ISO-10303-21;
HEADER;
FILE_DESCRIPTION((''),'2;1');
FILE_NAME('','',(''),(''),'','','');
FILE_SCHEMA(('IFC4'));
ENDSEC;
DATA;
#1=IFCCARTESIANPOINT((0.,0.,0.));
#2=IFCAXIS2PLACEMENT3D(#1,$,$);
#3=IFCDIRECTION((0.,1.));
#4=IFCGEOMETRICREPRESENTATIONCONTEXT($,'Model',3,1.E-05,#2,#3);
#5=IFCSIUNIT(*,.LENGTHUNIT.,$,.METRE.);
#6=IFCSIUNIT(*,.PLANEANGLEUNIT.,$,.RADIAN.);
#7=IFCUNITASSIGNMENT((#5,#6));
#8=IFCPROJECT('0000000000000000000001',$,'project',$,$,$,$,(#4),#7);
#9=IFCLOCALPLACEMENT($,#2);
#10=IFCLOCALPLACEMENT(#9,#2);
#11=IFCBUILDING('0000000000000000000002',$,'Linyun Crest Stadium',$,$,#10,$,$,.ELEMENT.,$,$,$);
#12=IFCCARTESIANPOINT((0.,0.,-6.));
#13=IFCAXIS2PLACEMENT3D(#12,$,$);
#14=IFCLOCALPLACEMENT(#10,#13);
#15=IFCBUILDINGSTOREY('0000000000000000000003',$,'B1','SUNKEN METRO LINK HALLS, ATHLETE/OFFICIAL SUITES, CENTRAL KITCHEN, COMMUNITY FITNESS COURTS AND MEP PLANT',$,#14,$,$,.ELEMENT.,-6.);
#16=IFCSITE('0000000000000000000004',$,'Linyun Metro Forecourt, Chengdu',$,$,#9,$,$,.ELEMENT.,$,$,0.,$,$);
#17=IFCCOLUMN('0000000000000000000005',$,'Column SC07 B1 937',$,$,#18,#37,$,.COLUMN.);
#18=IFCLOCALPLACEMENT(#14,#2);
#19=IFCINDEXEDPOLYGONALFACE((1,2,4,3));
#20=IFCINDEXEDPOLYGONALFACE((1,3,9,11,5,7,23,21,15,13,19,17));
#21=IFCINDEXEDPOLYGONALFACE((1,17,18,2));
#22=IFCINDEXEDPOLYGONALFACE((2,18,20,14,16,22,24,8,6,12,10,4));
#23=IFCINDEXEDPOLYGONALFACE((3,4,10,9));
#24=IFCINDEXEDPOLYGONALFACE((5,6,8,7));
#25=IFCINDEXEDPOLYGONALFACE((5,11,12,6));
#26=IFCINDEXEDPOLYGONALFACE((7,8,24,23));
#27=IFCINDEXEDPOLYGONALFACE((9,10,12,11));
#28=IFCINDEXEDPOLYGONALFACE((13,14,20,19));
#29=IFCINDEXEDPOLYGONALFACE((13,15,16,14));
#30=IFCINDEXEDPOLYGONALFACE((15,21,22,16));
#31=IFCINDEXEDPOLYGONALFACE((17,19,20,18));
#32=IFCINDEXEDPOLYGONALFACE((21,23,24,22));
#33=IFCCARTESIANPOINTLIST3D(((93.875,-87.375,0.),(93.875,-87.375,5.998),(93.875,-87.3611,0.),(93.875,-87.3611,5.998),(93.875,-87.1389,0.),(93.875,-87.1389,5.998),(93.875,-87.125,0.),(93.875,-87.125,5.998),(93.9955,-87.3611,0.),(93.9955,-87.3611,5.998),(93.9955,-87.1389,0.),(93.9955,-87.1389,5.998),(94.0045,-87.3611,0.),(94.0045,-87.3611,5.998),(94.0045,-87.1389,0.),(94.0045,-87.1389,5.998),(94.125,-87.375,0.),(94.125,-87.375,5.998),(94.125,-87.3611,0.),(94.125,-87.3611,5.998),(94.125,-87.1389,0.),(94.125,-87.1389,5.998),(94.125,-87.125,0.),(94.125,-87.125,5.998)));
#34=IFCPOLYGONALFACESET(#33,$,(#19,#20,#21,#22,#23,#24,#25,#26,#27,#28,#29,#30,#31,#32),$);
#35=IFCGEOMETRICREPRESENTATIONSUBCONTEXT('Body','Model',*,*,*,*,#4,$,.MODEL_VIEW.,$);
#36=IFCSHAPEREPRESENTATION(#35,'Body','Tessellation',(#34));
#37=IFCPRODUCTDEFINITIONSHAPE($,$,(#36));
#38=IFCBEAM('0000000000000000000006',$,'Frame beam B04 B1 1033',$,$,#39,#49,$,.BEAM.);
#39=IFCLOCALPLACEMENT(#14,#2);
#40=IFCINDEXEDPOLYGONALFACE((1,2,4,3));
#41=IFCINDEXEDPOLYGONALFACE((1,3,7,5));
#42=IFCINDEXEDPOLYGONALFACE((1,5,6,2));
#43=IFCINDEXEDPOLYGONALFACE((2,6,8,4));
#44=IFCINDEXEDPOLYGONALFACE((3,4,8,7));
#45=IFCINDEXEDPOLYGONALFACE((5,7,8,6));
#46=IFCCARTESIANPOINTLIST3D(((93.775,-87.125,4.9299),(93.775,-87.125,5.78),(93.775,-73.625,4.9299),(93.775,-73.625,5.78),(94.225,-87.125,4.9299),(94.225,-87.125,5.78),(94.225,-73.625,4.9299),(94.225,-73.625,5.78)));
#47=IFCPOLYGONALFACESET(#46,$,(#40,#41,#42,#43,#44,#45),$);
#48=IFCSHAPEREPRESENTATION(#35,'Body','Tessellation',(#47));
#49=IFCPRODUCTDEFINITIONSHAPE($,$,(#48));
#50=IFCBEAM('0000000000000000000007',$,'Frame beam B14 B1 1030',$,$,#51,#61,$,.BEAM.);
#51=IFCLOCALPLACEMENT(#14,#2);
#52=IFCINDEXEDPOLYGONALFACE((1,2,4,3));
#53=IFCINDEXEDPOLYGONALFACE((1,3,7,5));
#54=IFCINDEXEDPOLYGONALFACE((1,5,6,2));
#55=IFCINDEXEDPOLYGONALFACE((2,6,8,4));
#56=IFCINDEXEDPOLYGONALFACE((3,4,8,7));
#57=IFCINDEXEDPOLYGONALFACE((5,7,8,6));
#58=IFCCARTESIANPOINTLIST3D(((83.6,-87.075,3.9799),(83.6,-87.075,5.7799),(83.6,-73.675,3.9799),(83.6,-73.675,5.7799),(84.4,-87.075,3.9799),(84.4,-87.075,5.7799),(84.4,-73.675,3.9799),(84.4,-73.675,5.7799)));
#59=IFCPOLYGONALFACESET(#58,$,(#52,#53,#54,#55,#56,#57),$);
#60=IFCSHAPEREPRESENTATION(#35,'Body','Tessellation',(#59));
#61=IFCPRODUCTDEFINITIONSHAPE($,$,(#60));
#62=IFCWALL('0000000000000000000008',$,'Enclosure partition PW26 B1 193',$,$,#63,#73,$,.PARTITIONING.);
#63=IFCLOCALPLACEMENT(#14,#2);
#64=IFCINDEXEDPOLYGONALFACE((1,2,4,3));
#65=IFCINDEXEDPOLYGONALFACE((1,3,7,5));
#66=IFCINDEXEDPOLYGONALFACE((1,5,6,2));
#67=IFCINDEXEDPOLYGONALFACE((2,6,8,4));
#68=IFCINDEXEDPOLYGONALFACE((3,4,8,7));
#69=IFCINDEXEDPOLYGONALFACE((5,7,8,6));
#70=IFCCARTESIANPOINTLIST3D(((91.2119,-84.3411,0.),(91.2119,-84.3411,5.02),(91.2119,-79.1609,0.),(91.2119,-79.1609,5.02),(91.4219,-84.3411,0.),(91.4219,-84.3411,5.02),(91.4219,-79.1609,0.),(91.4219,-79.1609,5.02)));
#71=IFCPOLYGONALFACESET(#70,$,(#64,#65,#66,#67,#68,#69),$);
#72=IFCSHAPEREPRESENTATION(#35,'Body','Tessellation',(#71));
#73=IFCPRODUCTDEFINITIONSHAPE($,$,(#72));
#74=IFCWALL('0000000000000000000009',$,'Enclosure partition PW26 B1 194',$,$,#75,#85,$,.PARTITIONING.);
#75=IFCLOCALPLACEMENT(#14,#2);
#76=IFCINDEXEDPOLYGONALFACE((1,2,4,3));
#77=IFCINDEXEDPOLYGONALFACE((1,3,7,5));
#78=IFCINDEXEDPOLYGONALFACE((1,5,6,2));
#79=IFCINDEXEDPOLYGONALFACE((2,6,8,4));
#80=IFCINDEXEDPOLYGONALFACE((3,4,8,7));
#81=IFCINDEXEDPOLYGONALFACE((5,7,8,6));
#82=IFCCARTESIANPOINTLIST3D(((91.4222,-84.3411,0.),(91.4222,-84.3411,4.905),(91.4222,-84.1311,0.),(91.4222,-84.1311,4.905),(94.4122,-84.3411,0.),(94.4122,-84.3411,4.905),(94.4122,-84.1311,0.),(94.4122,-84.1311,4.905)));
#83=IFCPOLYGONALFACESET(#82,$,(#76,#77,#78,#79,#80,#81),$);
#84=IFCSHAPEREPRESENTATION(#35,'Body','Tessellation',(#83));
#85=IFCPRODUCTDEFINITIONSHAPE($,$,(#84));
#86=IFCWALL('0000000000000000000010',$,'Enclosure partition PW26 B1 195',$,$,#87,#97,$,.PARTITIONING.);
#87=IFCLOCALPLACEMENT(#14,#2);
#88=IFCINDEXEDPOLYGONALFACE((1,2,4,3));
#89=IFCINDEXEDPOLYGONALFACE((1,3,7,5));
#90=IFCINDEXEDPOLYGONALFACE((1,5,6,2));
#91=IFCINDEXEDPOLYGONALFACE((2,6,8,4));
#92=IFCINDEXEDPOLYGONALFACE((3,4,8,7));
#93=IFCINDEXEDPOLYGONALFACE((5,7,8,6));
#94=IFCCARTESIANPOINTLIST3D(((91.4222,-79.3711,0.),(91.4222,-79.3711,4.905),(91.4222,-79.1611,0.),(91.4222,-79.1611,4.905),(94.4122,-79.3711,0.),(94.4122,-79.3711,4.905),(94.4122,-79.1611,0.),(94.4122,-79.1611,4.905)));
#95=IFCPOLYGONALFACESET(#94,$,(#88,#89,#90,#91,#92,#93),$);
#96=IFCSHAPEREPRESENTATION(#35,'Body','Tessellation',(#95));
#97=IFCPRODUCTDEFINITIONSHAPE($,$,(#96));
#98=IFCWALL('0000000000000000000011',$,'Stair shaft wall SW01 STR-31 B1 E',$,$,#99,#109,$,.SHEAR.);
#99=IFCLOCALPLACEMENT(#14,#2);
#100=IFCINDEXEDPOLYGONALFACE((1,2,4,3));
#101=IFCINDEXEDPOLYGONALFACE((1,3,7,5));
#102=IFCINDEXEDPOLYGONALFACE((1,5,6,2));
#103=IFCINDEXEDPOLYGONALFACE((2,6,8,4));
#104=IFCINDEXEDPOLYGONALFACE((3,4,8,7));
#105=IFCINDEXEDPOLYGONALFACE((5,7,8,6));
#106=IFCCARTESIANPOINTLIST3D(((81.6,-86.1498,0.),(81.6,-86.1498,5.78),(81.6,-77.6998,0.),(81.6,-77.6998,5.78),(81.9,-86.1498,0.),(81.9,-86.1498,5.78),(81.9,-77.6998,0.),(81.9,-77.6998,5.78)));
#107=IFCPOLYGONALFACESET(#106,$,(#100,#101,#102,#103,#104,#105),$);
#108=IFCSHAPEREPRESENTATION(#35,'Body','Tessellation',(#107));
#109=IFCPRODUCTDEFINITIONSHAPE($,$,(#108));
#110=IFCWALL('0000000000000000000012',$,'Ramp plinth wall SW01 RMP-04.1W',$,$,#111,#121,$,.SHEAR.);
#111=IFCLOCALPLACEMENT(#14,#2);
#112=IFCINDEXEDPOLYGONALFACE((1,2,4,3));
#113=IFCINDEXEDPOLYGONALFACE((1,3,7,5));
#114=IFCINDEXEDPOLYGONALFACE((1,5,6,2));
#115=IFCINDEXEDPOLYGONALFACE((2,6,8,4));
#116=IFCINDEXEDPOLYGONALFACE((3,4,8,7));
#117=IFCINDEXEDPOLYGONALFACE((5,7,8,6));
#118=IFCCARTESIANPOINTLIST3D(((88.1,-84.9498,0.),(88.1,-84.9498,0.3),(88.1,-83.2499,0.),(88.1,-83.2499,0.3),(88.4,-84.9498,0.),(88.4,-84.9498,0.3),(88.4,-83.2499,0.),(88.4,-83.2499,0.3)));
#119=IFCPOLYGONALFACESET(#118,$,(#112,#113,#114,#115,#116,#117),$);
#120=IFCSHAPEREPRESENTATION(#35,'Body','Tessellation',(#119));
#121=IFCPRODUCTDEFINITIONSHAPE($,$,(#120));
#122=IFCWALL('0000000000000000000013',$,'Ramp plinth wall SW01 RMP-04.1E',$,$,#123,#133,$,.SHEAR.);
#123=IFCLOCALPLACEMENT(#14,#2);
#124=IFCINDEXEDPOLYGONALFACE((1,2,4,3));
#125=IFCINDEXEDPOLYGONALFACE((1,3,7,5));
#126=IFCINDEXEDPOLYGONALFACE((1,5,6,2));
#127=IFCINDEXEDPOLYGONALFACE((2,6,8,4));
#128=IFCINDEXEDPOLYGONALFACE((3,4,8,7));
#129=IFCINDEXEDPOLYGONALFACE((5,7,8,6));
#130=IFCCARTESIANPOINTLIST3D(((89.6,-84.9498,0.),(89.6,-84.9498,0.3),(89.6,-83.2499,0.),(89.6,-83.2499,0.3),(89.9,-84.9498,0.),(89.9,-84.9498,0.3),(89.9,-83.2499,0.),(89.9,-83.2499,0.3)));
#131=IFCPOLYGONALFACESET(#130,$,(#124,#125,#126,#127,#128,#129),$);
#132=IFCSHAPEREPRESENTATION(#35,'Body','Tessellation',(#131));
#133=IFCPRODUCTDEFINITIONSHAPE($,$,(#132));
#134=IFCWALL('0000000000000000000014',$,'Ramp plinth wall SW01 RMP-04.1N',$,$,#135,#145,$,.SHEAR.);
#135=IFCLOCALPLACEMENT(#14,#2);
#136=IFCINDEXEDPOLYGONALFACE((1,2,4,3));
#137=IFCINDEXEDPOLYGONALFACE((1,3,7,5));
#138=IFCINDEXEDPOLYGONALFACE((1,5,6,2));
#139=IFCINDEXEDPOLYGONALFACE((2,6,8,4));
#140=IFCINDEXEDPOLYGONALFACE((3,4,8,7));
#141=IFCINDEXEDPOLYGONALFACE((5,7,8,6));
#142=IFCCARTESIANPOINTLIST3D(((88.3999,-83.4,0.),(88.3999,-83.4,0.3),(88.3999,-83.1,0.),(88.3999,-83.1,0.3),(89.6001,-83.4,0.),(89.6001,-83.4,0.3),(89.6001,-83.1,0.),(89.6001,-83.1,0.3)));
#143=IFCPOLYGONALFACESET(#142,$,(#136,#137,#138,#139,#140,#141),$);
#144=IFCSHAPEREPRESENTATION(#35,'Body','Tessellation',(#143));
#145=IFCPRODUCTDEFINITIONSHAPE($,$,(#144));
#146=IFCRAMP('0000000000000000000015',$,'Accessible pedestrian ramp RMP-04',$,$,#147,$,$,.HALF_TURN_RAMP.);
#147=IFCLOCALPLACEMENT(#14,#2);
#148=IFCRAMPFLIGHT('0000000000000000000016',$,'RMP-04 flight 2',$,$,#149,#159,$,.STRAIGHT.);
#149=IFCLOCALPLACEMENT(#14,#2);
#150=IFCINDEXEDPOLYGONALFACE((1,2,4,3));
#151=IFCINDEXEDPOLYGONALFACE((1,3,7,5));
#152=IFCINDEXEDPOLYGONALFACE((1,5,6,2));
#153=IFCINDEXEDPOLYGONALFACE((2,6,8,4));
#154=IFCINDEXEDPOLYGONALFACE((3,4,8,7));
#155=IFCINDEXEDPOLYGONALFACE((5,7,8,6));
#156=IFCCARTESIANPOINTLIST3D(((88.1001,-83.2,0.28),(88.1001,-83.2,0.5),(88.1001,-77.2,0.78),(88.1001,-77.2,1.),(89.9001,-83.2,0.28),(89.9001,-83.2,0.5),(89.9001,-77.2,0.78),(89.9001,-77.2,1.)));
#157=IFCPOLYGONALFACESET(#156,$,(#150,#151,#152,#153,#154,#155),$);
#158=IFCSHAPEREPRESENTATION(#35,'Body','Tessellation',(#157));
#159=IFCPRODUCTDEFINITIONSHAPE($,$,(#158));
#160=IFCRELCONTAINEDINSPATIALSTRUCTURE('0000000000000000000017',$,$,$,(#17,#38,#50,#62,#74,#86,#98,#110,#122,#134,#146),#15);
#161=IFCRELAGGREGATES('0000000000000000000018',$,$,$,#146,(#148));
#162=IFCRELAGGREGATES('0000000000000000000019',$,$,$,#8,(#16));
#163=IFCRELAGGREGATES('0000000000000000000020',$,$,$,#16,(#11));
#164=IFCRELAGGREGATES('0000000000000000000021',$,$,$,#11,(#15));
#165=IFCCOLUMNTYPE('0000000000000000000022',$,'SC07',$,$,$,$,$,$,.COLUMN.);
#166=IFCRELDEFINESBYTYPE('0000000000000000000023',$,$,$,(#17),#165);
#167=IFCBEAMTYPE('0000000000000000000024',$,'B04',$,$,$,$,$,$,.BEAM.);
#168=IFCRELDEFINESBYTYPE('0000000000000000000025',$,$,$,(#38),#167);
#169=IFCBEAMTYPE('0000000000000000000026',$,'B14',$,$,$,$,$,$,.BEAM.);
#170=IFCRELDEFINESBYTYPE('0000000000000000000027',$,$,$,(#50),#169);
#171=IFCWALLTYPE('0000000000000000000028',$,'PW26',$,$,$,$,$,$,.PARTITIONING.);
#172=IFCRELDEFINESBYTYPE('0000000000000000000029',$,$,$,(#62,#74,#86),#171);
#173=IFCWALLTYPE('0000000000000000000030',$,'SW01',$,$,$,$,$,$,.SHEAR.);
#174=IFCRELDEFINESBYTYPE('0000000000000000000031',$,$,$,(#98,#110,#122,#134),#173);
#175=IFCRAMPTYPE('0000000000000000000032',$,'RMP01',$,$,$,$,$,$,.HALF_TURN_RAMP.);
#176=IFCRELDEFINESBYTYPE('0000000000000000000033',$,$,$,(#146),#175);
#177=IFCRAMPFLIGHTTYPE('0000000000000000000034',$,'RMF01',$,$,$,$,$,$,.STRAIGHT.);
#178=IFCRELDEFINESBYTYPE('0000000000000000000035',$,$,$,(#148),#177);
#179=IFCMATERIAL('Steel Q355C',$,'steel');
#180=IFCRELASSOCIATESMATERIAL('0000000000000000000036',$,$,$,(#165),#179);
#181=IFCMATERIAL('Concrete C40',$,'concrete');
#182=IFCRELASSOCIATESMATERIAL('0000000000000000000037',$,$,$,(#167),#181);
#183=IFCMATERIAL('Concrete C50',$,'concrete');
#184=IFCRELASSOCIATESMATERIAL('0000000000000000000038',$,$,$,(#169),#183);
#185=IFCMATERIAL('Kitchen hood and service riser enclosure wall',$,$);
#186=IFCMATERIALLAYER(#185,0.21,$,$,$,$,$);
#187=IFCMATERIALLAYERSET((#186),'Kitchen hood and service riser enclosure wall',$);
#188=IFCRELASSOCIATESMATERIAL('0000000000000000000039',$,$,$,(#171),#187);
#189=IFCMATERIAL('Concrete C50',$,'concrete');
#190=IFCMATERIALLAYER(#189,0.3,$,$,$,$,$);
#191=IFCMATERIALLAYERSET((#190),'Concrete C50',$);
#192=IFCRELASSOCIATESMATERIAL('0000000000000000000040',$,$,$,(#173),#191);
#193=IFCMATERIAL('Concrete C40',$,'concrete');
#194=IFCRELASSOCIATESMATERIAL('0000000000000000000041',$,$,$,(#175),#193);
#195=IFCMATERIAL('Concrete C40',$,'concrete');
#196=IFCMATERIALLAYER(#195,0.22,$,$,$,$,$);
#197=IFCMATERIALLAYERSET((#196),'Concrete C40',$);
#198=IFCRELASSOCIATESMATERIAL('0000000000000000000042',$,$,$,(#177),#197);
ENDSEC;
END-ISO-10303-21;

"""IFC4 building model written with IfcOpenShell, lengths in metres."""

from ifc_helpers import new_model, si_unit, direction, frame, frame_2d, origin, origin_2d, place, context, subcontext, project, spatial, polyline, rectangle, i_section, outline, extrude, material, layer, layer_set, material_profile, profile_set, type_object, element, aggregate, save


model = new_model("IFC4")

# Units and contexts
model_context = context("Model", 3, precision=1e-05, world=origin(), true_north=direction((0.0, 1.0)))
body_context = subcontext(model_context, "Body", "Model", "MODEL_VIEW")
ifc_project = project(units=[si_unit("LENGTHUNIT", "METRE"), si_unit("PLANEANGLEUNIT", "RADIAN")], contexts=[model_context])

# Site, building, storey
site_placement = place(None, origin())
site = spatial("IfcSite", under=ifc_project, at=site_placement, Name="Linyun Metro Forecourt, Chengdu", CompositionType="ELEMENT", RefElevation=0.0)
building_placement = place(site_placement, origin())
building = spatial("IfcBuilding", under=site, at=building_placement, Name="Linyun Crest Stadium", CompositionType="ELEMENT")
storey_placement = place(building_placement, frame((0.0, 0.0, -6.0)))
storey = spatial("IfcBuildingStorey", under=building, at=storey_placement, Name="B1", Description="SUNKEN METRO LINK HALLS, ATHLETE/OFFICIAL SUITES, CENTRAL KITCHEN, COMMUNITY FITNESS COURTS AND MEP PLANT", CompositionType="ELEMENT", Elevation=-6.0)

# Column
ifc_material_1 = material(Name="Steel Q355C", Category="steel")
ifc_material_profile_1 = material_profile(ifc_material_1, i_section(OverallWidth=0.25, OverallDepth=0.25, WebThickness=0.009, FlangeThickness=0.0139, at=origin_2d()), Name="HW 250x250")
ifc_profile_set_1 = profile_set([ifc_material_profile_1], Name="Steel Q355C")
column_type = type_object("IfcColumnType", Name="SC07", PredefinedType="COLUMN", material=ifc_profile_set_1)
column_placement = place(storey_placement, frame((94.0, -87.25, 0.0), z_axis=(0.0, 0.0, 1.0), x_axis=(1.0, 0.0, 0.0)))
element("IfcColumn", 1, at=column_placement, inside=storey, type_object=column_type, Name="Column SC07 B1 937", PredefinedType="COLUMN", context=body_context, shape_type="SweptSolid", body=[
    extrude(i_section(OverallWidth=0.25, OverallDepth=0.25, WebThickness=0.009, FlangeThickness=0.0139, at=origin_2d()), origin(), (0.0, 0.0, 1.0), 5.998),
])

# Beams
ifc_material_2 = material(Name="Concrete C40", Category="concrete")
ifc_material_profile_2 = material_profile(ifc_material_2, rectangle(XDim=0.45, YDim=0.8501, at=origin_2d()), Name="RCB 850x450")
ifc_profile_set_2 = profile_set([ifc_material_profile_2], Name="Concrete C40")
beam_type_1 = type_object("IfcBeamType", Name="B04", PredefinedType="BEAM", material=ifc_profile_set_2)
beam_1_placement = place(storey_placement, frame((94.0, -87.125, 5.355), z_axis=(0.0, 1.0, 0.0), x_axis=(-1.0, 0.0, 0.0)))
element("IfcBeam", 2, at=beam_1_placement, inside=storey, type_object=beam_type_1, Name="Frame beam B04 B1 1033", PredefinedType="BEAM", context=body_context, shape_type="SweptSolid", body=[
    extrude(rectangle(XDim=0.45, YDim=0.8501, at=origin_2d()), origin(), (0.0, 0.0, 1.0), 13.5),
])
ifc_material_3 = material(Name="Concrete C50", Category="concrete")
ifc_material_profile_3 = material_profile(ifc_material_3, rectangle(XDim=0.8, YDim=1.8, at=origin_2d()), Name="RCB 1800x800")
ifc_profile_set_3 = profile_set([ifc_material_profile_3], Name="Concrete C50")
beam_type_2 = type_object("IfcBeamType", Name="B14", PredefinedType="BEAM", material=ifc_profile_set_3)
beam_2_placement = place(storey_placement, frame((84.0, -87.075, 4.8799), z_axis=(0.0, 1.0, 0.0), x_axis=(-1.0, 0.0, 0.0)))
element("IfcBeam", 3, at=beam_2_placement, inside=storey, type_object=beam_type_2, Name="Frame beam B14 B1 1030", PredefinedType="BEAM", context=body_context, shape_type="SweptSolid", body=[
    extrude(rectangle(XDim=0.8, YDim=1.8, at=origin_2d()), origin(), (0.0, 0.0, 1.0), 13.3999),
])

# Shared definitions
ifc_material_4 = material(Name="Kitchen hood and service riser enclosure wall")
ifc_layer_1 = layer(ifc_material_4, 0.21)
ifc_layer_set_1 = layer_set([ifc_layer_1], Name="Kitchen hood and service riser enclosure wall")
wall_type_1 = type_object("IfcWallType", Name="PW26", PredefinedType="PARTITIONING", material=ifc_layer_set_1)

# Walls
wall_1_placement = place(storey_placement, frame((91.3169, -84.3411, 0.0), z_axis=(0.0, 0.0, 1.0), x_axis=(0.0, 1.0, 0.0)))
element("IfcWall", 4, at=wall_1_placement, inside=storey, type_object=wall_type_1, Name="Enclosure partition PW26 B1 193", PredefinedType="PARTITIONING", context=body_context, shape_type="SweptSolid", body=[
    extrude(rectangle(XDim=5.1802, YDim=0.21, at=frame_2d((2.5901, 0.0))), origin(), (0.0, 0.0, 1.0), 5.02),
])
for number, where, z_axis, x_axis, name in (
    (5, (91.4221, -84.2361, 0.0), (0.0, 0.0, 1.0), (1.0, 0.0, 0.0), "Enclosure partition PW26 B1 194"),
    (6, (91.4221, -79.2661, 0.0), (0.0, 0.0, 1.0), (1.0, 0.0, 0.0), "Enclosure partition PW26 B1 195"),
):
    element("IfcWall", number, at=place(storey_placement, frame(where, z_axis=z_axis, x_axis=x_axis)), inside=storey, type_object=wall_type_1, Name=name, PredefinedType="PARTITIONING", context=body_context, shape_type="SweptSolid", body=[
        extrude(rectangle(XDim=2.99, YDim=0.21, at=frame_2d((1.4951, 0.0))), origin(), (0.0, 0.0, 1.0), 4.905),
    ])
ifc_material_5 = material(Name="Concrete C50", Category="concrete")
ifc_layer_2 = layer(ifc_material_5, 0.3)
ifc_layer_set_2 = layer_set([ifc_layer_2], Name="Concrete C50")
wall_type_2 = type_object("IfcWallType", Name="SW01", PredefinedType="SHEAR", material=ifc_layer_set_2)
wall_2_placement = place(storey_placement, frame((81.75, -86.1499, 0.0), z_axis=(0.0, 0.0, 1.0), x_axis=(0.0, 1.0, 0.0)))
element("IfcWall", 7, at=wall_2_placement, inside=storey, type_object=wall_type_2, Name="Stair shaft wall SW01 STR-31 B1 E", PredefinedType="SHEAR", context=body_context, shape_type="SweptSolid", body=[
    extrude(rectangle(XDim=8.45, YDim=0.3, at=frame_2d((4.2251, 0.0))), origin(), (0.0, 0.0, 1.0), 5.78),
])
for number, where, z_axis, x_axis, name in (
    (8, (88.25, -84.95, 0.0), (0.0, 0.0, 1.0), (0.0, 1.0, 0.0), "Ramp plinth wall SW01 RMP-04.1W"),
    (9, (89.75, -84.95, 0.0), (0.0, 0.0, 1.0), (0.0, 1.0, 0.0), "Ramp plinth wall SW01 RMP-04.1E"),
):
    element("IfcWall", number, at=place(storey_placement, frame(where, z_axis=z_axis, x_axis=x_axis)), inside=storey, type_object=wall_type_2, Name=name, PredefinedType="SHEAR", context=body_context, shape_type="SweptSolid", body=[
        extrude(rectangle(XDim=1.7, YDim=0.3, at=frame_2d((0.8501, 0.0))), origin(), (0.0, 0.0, 1.0), 0.3),
    ])
wall_3_placement = place(storey_placement, frame((88.3999, -83.25, 0.0), z_axis=(0.0, 0.0, 1.0), x_axis=(1.0, 0.0, 0.0)))
element("IfcWall", 10, at=wall_3_placement, inside=storey, type_object=wall_type_2, Name="Ramp plinth wall SW01 RMP-04.1N", PredefinedType="SHEAR", context=body_context, shape_type="SweptSolid", body=[
    extrude(rectangle(XDim=1.2002, YDim=0.3, at=frame_2d((0.6001, 0.0))), origin(), (0.0, 0.0, 1.0), 0.3),
])

# Ramp, ramp flight
ifc_material_6 = material(Name="Concrete C40", Category="concrete")
ramp_type = type_object("IfcRampType", Name="RMP01", PredefinedType="HALF_TURN_RAMP", material=ifc_material_6)
ramp_placement = place(storey_placement, origin())
ramp = element("IfcRamp", 11, at=ramp_placement, inside=storey, type_object=ramp_type, Name="Accessible pedestrian ramp RMP-04", PredefinedType="HALF_TURN_RAMP")
ifc_material_7 = material(Name="Concrete C40", Category="concrete")
ifc_layer_3 = layer(ifc_material_7, 0.22)
ifc_layer_set_3 = layer_set([ifc_layer_3], Name="Concrete C40")
ramp_flight_type = type_object("IfcRampFlightType", Name="RMF01", PredefinedType="STRAIGHT", material=ifc_layer_set_3)
ramp_flight_placement = place(storey_placement, frame((89.0, -83.2, 0.5), z_axis=(0.0, 0.0, 1.0), x_axis=(0.0, 1.0, 0.0)))
ramp_flight = element("IfcRampFlight", 12, at=ramp_flight_placement, type_object=ramp_flight_type, Name="RMP-04 flight 2", PredefinedType="STRAIGHT", context=body_context, shape_type="SweptSolid", body=[
    extrude(outline(polyline([(0.0, 0.0), (6.0, 0.5), (6.0, 0.28), (0.0, -0.22), (0.0, 0.0)])), frame((0.0, 0.8999, 0.0), z_axis=(0.0, -1.0, 0.0), x_axis=(1.0, 0.0, 0.0)), (0.0, 0.0, 1.0), 1.8),
])
aggregate(ramp, [ramp_flight])

save(model, "model.ifc")
